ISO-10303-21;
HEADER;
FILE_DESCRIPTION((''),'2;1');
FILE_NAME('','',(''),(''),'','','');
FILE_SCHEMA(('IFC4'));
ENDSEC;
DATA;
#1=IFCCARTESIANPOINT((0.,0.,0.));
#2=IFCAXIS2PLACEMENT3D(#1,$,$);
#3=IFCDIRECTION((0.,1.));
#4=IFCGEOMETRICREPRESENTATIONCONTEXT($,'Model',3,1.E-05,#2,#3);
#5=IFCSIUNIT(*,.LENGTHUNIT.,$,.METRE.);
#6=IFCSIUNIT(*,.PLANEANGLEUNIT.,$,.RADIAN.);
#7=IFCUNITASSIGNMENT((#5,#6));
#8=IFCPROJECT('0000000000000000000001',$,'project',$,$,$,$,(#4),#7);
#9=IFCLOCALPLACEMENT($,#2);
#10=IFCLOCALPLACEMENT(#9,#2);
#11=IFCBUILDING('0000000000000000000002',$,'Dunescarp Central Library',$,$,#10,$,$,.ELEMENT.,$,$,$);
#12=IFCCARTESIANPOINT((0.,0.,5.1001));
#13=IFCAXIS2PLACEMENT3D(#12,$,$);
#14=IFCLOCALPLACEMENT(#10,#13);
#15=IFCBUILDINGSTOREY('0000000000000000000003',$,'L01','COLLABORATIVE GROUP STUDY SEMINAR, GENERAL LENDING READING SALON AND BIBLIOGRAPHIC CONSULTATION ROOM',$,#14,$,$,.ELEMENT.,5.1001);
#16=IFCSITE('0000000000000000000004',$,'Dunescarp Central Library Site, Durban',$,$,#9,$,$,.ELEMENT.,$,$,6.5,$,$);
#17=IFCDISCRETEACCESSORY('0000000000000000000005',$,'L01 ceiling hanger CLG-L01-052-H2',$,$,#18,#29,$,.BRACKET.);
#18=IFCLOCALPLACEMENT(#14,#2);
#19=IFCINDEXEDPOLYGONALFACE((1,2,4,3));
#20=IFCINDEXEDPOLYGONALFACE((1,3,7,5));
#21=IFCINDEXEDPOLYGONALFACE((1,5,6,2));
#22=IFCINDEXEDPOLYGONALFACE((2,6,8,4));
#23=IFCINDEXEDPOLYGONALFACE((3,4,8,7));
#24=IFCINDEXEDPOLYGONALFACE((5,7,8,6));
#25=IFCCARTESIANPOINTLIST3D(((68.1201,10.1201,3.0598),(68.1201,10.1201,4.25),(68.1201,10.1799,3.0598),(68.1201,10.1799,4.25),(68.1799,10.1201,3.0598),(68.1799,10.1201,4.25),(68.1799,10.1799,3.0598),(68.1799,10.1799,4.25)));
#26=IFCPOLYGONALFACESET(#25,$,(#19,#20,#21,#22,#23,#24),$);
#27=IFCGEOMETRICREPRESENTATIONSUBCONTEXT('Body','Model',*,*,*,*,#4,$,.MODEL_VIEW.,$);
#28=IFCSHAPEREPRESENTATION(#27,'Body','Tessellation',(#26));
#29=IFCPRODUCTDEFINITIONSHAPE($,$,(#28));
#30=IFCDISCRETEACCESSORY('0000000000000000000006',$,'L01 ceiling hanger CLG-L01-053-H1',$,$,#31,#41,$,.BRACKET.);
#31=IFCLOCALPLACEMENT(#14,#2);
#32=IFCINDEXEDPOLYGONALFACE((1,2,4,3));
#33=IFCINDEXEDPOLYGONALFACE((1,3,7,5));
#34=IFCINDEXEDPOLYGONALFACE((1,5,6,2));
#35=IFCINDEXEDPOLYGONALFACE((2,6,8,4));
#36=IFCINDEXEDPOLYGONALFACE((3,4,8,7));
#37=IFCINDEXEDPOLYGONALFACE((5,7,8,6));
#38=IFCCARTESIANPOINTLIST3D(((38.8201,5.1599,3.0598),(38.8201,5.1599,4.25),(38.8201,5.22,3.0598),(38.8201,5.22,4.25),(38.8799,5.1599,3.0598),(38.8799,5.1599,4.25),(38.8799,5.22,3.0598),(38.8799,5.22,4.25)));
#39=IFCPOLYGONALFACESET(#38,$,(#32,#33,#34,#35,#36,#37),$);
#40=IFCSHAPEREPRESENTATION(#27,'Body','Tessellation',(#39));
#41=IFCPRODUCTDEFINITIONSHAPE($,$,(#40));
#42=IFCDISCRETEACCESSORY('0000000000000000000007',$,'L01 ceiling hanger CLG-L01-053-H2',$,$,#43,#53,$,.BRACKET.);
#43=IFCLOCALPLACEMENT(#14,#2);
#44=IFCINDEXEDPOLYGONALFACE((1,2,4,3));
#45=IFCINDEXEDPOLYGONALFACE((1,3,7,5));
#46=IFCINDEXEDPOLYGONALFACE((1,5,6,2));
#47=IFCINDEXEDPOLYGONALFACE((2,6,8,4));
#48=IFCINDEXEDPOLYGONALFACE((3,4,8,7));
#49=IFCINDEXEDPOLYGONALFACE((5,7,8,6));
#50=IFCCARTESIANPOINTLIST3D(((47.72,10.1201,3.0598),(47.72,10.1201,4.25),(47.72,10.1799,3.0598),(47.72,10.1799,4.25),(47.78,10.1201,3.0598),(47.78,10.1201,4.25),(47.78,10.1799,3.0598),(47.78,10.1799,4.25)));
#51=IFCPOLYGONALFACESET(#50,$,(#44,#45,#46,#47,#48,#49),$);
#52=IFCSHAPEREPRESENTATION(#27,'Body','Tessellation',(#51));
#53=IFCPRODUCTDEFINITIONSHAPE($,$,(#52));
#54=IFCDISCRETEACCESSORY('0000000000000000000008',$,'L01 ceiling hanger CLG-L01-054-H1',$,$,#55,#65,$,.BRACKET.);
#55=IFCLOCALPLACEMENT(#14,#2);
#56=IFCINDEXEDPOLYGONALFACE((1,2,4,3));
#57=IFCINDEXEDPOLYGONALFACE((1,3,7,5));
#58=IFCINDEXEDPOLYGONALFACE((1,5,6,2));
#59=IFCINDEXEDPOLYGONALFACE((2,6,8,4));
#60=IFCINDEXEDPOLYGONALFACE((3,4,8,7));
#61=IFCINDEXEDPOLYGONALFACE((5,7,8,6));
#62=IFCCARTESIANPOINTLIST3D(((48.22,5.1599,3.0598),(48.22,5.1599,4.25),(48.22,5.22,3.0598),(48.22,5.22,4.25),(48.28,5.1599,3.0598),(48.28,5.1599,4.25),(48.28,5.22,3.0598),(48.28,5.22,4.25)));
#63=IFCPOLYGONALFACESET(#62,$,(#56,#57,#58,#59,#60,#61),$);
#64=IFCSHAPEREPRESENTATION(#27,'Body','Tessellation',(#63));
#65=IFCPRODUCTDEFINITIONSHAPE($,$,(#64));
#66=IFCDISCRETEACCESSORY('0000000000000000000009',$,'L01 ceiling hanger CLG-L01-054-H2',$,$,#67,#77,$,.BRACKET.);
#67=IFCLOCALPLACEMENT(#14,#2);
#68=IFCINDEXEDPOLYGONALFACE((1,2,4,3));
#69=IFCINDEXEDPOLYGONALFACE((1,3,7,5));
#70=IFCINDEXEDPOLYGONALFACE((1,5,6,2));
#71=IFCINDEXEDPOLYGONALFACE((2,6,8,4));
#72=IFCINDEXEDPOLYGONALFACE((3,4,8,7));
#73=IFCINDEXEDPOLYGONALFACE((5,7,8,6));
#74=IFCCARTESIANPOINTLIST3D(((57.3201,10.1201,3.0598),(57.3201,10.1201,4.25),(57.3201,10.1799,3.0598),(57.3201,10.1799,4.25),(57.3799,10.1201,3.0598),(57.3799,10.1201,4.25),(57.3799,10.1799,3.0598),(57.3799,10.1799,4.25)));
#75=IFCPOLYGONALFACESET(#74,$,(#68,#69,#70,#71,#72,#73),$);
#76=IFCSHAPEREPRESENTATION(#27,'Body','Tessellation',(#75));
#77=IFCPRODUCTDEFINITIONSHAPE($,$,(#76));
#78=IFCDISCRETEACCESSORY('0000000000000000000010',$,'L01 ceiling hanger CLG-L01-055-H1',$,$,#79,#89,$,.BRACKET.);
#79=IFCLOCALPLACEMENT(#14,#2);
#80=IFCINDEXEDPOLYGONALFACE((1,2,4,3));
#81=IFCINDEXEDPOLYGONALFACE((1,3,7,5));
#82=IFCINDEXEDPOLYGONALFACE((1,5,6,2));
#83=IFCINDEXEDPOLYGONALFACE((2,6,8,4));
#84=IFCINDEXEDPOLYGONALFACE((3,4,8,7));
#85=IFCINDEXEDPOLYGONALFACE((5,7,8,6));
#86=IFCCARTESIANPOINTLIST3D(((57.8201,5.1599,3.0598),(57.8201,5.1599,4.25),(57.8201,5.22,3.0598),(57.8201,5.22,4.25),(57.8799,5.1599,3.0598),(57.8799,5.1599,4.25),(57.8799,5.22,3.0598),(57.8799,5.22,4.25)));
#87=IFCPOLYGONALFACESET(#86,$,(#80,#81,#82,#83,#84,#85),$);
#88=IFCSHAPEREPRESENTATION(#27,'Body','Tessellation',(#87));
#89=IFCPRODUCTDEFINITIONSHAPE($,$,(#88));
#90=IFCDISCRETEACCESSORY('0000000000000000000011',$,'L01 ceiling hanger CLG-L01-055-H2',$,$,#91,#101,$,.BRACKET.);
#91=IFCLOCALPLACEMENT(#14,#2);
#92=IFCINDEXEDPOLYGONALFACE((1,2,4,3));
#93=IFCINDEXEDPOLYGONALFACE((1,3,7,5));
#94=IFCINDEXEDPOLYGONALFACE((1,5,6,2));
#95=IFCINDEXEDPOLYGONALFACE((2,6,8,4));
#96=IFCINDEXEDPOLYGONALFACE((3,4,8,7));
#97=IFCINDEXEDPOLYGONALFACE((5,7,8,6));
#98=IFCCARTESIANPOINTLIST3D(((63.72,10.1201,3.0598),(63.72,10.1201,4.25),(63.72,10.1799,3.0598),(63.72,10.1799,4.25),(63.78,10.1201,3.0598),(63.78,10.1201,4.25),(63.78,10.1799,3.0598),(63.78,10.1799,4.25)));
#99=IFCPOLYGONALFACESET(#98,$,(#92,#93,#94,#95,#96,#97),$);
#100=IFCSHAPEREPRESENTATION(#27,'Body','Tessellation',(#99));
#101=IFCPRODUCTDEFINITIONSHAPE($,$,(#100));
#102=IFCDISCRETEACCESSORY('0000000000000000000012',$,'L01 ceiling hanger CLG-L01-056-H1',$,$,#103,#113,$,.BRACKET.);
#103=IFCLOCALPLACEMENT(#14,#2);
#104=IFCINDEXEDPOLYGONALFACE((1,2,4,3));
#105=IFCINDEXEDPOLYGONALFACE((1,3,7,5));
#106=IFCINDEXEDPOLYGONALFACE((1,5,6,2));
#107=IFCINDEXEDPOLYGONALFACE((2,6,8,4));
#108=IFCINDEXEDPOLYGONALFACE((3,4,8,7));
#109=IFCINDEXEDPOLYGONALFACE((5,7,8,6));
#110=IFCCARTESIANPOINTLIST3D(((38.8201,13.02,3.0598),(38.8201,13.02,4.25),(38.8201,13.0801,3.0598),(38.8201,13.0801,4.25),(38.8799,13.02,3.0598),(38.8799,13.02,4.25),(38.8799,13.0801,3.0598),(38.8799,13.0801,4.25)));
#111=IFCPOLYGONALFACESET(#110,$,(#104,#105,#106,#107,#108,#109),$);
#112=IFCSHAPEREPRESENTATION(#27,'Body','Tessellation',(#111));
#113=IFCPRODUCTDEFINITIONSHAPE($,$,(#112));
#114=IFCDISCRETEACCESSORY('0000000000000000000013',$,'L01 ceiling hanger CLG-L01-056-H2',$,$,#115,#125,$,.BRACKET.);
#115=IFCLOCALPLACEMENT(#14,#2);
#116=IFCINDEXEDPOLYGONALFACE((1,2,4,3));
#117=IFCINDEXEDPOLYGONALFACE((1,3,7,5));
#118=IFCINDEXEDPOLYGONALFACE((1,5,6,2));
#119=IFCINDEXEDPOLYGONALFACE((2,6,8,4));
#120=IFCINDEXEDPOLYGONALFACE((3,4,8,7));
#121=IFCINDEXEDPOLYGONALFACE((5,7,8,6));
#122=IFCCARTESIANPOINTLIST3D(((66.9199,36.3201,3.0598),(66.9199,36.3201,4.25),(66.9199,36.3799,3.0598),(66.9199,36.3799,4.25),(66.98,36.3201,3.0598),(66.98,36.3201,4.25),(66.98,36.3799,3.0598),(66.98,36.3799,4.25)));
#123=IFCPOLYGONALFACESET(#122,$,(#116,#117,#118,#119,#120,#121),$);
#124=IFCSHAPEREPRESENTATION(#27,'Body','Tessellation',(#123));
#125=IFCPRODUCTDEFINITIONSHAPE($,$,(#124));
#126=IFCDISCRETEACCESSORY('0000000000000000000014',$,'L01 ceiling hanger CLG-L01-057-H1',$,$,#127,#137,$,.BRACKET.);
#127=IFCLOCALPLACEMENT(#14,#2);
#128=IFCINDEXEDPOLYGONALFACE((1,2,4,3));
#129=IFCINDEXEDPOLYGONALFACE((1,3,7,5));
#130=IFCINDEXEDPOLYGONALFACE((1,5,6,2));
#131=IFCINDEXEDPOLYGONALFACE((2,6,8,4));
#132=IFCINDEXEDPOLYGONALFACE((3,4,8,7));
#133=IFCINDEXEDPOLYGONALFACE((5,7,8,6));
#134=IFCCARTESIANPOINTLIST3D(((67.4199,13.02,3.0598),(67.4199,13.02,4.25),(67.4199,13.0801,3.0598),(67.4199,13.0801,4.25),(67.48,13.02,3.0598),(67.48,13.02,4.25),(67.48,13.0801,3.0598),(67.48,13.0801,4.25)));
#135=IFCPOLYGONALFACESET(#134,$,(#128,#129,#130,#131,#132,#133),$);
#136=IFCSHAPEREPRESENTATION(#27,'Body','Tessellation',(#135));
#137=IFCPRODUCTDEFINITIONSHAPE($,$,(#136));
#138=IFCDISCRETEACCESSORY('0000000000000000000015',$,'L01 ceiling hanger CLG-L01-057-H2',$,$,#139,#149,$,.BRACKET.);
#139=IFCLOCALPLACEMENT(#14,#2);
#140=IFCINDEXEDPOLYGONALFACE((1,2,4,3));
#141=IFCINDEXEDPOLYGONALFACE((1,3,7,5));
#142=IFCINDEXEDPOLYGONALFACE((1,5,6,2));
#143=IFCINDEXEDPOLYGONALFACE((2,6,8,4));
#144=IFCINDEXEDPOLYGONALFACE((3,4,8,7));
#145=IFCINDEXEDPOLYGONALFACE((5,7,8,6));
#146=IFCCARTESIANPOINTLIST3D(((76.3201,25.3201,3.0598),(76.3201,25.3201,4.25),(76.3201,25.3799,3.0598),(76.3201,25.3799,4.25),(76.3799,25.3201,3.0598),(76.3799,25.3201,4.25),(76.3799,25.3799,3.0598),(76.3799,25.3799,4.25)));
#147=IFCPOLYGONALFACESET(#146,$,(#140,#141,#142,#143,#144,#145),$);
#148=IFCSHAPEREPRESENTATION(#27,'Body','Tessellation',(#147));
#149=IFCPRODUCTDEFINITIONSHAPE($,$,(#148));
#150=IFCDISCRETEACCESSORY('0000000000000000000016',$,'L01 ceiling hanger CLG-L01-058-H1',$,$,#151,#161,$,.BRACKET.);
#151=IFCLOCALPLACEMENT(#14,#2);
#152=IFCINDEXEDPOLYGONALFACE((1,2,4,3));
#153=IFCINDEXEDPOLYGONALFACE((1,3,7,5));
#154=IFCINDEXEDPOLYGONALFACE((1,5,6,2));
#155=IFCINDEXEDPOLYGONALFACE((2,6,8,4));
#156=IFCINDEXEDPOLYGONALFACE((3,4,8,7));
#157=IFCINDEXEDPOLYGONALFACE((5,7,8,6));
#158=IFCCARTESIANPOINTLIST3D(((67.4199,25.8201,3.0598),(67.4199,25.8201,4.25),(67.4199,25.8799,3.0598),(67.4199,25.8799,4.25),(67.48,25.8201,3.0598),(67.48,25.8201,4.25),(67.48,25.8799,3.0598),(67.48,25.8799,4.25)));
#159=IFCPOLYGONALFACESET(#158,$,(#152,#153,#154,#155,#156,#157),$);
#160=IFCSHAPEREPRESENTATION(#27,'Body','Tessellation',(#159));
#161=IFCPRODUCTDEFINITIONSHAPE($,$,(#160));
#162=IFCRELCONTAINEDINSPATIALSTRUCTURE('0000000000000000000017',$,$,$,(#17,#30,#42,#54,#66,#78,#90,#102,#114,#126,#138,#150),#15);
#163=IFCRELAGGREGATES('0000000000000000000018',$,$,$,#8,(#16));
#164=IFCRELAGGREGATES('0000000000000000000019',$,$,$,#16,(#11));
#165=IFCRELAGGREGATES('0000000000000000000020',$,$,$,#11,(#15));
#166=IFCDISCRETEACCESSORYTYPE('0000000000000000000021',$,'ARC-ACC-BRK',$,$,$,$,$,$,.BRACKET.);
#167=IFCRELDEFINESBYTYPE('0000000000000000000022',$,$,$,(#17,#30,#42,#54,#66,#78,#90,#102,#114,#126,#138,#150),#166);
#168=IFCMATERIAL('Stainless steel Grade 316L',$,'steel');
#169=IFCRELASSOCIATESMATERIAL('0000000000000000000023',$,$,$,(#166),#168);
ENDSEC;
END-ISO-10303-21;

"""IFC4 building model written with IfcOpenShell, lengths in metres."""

from ifc_helpers import new_model, si_unit, direction, frame, origin, place, context, subcontext, project, spatial, polyline, outline, extrude, material, type_object, element, save


model = new_model("IFC4")

# Units and contexts
model_context = context("Model", 3, precision=1e-05, world=origin(), true_north=direction((0.0, 1.0)))
body_context = subcontext(model_context, "Body", "Model", "MODEL_VIEW")
ifc_project = project(units=[si_unit("LENGTHUNIT", "METRE"), si_unit("PLANEANGLEUNIT", "RADIAN")], contexts=[model_context])

# Site, building, storey
site_placement = place(None, origin())
site = spatial("IfcSite", under=ifc_project, at=site_placement, Name="Dunescarp Central Library Site, Durban", CompositionType="ELEMENT", RefElevation=6.5)
building_placement = place(site_placement, origin())
building = spatial("IfcBuilding", under=site, at=building_placement, Name="Dunescarp Central Library", CompositionType="ELEMENT")
storey_placement = place(building_placement, frame((0.0, 0.0, 5.1001)))
storey = spatial("IfcBuildingStorey", under=building, at=storey_placement, Name="L01", Description="COLLABORATIVE GROUP STUDY SEMINAR, GENERAL LENDING READING SALON AND BIBLIOGRAPHIC CONSULTATION ROOM", CompositionType="ELEMENT", Elevation=5.1001)

# Discrete accessories
ifc_material = material(Name="Stainless steel Grade 316L", Category="steel")
discrete_accessory_type = type_object("IfcDiscreteAccessoryType", Name="ARC-ACC-BRK", PredefinedType="BRACKET", material=ifc_material)
discrete_accessory_1_placement = place(storey_placement, frame((0.0, 0.0, 3.0598)))
element("IfcDiscreteAccessory", 1, at=discrete_accessory_1_placement, inside=storey, type_object=discrete_accessory_type, Name="L01 ceiling hanger CLG-L01-052-H2", PredefinedType="BRACKET", context=body_context, shape_type="SweptSolid", body=[
    extrude(outline(polyline([(68.1201, 10.1201), (68.1799, 10.1201), (68.1799, 10.1799), (68.1201, 10.1799), (68.1201, 10.1201)])), origin(), (0.0, 0.0, 1.0), 1.1902),
])
discrete_accessory_2_placement = place(storey_placement, frame((0.0, 0.0, 3.0598)))
element("IfcDiscreteAccessory", 2, at=discrete_accessory_2_placement, inside=storey, type_object=discrete_accessory_type, Name="L01 ceiling hanger CLG-L01-053-H1", PredefinedType="BRACKET", context=body_context, shape_type="SweptSolid", body=[
    extrude(outline(polyline([(38.8201, 5.1599), (38.8799, 5.1599), (38.8799, 5.22), (38.8201, 5.22), (38.8201, 5.1599)])), origin(), (0.0, 0.0, 1.0), 1.1902),
])
discrete_accessory_3_placement = place(storey_placement, frame((0.0, 0.0, 3.0598)))
element("IfcDiscreteAccessory", 3, at=discrete_accessory_3_placement, inside=storey, type_object=discrete_accessory_type, Name="L01 ceiling hanger CLG-L01-053-H2", PredefinedType="BRACKET", context=body_context, shape_type="SweptSolid", body=[
    extrude(outline(polyline([(47.72, 10.1201), (47.78, 10.1201), (47.78, 10.1799), (47.72, 10.1799), (47.72, 10.1201)])), origin(), (0.0, 0.0, 1.0), 1.1902),
])
discrete_accessory_4_placement = place(storey_placement, frame((0.0, 0.0, 3.0598)))
element("IfcDiscreteAccessory", 4, at=discrete_accessory_4_placement, inside=storey, type_object=discrete_accessory_type, Name="L01 ceiling hanger CLG-L01-054-H1", PredefinedType="BRACKET", context=body_context, shape_type="SweptSolid", body=[
    extrude(outline(polyline([(48.22, 5.1599), (48.28, 5.1599), (48.28, 5.22), (48.22, 5.22), (48.22, 5.1599)])), origin(), (0.0, 0.0, 1.0), 1.1902),
])
discrete_accessory_5_placement = place(storey_placement, frame((0.0, 0.0, 3.0598)))
element("IfcDiscreteAccessory", 5, at=discrete_accessory_5_placement, inside=storey, type_object=discrete_accessory_type, Name="L01 ceiling hanger CLG-L01-054-H2", PredefinedType="BRACKET", context=body_context, shape_type="SweptSolid", body=[
    extrude(outline(polyline([(57.3201, 10.1201), (57.3799, 10.1201), (57.3799, 10.1799), (57.3201, 10.1799), (57.3201, 10.1201)])), origin(), (0.0, 0.0, 1.0), 1.1902),
])
discrete_accessory_6_placement = place(storey_placement, frame((0.0, 0.0, 3.0598)))
element("IfcDiscreteAccessory", 6, at=discrete_accessory_6_placement, inside=storey, type_object=discrete_accessory_type, Name="L01 ceiling hanger CLG-L01-055-H1", PredefinedType="BRACKET", context=body_context, shape_type="SweptSolid", body=[
    extrude(outline(polyline([(57.8201, 5.1599), (57.8799, 5.1599), (57.8799, 5.22), (57.8201, 5.22), (57.8201, 5.1599)])), origin(), (0.0, 0.0, 1.0), 1.1902),
])
discrete_accessory_7_placement = place(storey_placement, frame((0.0, 0.0, 3.0598)))
element("IfcDiscreteAccessory", 7, at=discrete_accessory_7_placement, inside=storey, type_object=discrete_accessory_type, Name="L01 ceiling hanger CLG-L01-055-H2", PredefinedType="BRACKET", context=body_context, shape_type="SweptSolid", body=[
    extrude(outline(polyline([(63.72, 10.1201), (63.78, 10.1201), (63.78, 10.1799), (63.72, 10.1799), (63.72, 10.1201)])), origin(), (0.0, 0.0, 1.0), 1.1902),
])
discrete_accessory_8_placement = place(storey_placement, frame((0.0, 0.0, 3.0598)))
element("IfcDiscreteAccessory", 8, at=discrete_accessory_8_placement, inside=storey, type_object=discrete_accessory_type, Name="L01 ceiling hanger CLG-L01-056-H1", PredefinedType="BRACKET", context=body_context, shape_type="SweptSolid", body=[
    extrude(outline(polyline([(38.8201, 13.02), (38.8799, 13.02), (38.8799, 13.0801), (38.8201, 13.0801), (38.8201, 13.02)])), origin(), (0.0, 0.0, 1.0), 1.1902),
])
discrete_accessory_9_placement = place(storey_placement, frame((0.0, 0.0, 3.0598)))
element("IfcDiscreteAccessory", 9, at=discrete_accessory_9_placement, inside=storey, type_object=discrete_accessory_type, Name="L01 ceiling hanger CLG-L01-056-H2", PredefinedType="BRACKET", context=body_context, shape_type="SweptSolid", body=[
    extrude(outline(polyline([(66.9199, 36.3201), (66.98, 36.3201), (66.98, 36.3799), (66.9199, 36.3799), (66.9199, 36.3201)])), origin(), (0.0, 0.0, 1.0), 1.1902),
])
discrete_accessory_10_placement = place(storey_placement, frame((0.0, 0.0, 3.0598)))
element("IfcDiscreteAccessory", 10, at=discrete_accessory_10_placement, inside=storey, type_object=discrete_accessory_type, Name="L01 ceiling hanger CLG-L01-057-H1", PredefinedType="BRACKET", context=body_context, shape_type="SweptSolid", body=[
    extrude(outline(polyline([(67.4199, 13.02), (67.48, 13.02), (67.48, 13.0801), (67.4199, 13.0801), (67.4199, 13.02)])), origin(), (0.0, 0.0, 1.0), 1.1902),
])
discrete_accessory_11_placement = place(storey_placement, frame((0.0, 0.0, 3.0598)))
element("IfcDiscreteAccessory", 11, at=discrete_accessory_11_placement, inside=storey, type_object=discrete_accessory_type, Name="L01 ceiling hanger CLG-L01-057-H2", PredefinedType="BRACKET", context=body_context, shape_type="SweptSolid", body=[
    extrude(outline(polyline([(76.3201, 25.3201), (76.3799, 25.3201), (76.3799, 25.3799), (76.3201, 25.3799), (76.3201, 25.3201)])), origin(), (0.0, 0.0, 1.0), 1.1902),
])
discrete_accessory_12_placement = place(storey_placement, frame((0.0, 0.0, 3.0598)))
element("IfcDiscreteAccessory", 12, at=discrete_accessory_12_placement, inside=storey, type_object=discrete_accessory_type, Name="L01 ceiling hanger CLG-L01-058-H1", PredefinedType="BRACKET", context=body_context, shape_type="SweptSolid", body=[
    extrude(outline(polyline([(67.4199, 25.8201), (67.48, 25.8201), (67.48, 25.8799), (67.4199, 25.8799), (67.4199, 25.8201)])), origin(), (0.0, 0.0, 1.0), 1.1902),
])

save(model, "model.ifc")
